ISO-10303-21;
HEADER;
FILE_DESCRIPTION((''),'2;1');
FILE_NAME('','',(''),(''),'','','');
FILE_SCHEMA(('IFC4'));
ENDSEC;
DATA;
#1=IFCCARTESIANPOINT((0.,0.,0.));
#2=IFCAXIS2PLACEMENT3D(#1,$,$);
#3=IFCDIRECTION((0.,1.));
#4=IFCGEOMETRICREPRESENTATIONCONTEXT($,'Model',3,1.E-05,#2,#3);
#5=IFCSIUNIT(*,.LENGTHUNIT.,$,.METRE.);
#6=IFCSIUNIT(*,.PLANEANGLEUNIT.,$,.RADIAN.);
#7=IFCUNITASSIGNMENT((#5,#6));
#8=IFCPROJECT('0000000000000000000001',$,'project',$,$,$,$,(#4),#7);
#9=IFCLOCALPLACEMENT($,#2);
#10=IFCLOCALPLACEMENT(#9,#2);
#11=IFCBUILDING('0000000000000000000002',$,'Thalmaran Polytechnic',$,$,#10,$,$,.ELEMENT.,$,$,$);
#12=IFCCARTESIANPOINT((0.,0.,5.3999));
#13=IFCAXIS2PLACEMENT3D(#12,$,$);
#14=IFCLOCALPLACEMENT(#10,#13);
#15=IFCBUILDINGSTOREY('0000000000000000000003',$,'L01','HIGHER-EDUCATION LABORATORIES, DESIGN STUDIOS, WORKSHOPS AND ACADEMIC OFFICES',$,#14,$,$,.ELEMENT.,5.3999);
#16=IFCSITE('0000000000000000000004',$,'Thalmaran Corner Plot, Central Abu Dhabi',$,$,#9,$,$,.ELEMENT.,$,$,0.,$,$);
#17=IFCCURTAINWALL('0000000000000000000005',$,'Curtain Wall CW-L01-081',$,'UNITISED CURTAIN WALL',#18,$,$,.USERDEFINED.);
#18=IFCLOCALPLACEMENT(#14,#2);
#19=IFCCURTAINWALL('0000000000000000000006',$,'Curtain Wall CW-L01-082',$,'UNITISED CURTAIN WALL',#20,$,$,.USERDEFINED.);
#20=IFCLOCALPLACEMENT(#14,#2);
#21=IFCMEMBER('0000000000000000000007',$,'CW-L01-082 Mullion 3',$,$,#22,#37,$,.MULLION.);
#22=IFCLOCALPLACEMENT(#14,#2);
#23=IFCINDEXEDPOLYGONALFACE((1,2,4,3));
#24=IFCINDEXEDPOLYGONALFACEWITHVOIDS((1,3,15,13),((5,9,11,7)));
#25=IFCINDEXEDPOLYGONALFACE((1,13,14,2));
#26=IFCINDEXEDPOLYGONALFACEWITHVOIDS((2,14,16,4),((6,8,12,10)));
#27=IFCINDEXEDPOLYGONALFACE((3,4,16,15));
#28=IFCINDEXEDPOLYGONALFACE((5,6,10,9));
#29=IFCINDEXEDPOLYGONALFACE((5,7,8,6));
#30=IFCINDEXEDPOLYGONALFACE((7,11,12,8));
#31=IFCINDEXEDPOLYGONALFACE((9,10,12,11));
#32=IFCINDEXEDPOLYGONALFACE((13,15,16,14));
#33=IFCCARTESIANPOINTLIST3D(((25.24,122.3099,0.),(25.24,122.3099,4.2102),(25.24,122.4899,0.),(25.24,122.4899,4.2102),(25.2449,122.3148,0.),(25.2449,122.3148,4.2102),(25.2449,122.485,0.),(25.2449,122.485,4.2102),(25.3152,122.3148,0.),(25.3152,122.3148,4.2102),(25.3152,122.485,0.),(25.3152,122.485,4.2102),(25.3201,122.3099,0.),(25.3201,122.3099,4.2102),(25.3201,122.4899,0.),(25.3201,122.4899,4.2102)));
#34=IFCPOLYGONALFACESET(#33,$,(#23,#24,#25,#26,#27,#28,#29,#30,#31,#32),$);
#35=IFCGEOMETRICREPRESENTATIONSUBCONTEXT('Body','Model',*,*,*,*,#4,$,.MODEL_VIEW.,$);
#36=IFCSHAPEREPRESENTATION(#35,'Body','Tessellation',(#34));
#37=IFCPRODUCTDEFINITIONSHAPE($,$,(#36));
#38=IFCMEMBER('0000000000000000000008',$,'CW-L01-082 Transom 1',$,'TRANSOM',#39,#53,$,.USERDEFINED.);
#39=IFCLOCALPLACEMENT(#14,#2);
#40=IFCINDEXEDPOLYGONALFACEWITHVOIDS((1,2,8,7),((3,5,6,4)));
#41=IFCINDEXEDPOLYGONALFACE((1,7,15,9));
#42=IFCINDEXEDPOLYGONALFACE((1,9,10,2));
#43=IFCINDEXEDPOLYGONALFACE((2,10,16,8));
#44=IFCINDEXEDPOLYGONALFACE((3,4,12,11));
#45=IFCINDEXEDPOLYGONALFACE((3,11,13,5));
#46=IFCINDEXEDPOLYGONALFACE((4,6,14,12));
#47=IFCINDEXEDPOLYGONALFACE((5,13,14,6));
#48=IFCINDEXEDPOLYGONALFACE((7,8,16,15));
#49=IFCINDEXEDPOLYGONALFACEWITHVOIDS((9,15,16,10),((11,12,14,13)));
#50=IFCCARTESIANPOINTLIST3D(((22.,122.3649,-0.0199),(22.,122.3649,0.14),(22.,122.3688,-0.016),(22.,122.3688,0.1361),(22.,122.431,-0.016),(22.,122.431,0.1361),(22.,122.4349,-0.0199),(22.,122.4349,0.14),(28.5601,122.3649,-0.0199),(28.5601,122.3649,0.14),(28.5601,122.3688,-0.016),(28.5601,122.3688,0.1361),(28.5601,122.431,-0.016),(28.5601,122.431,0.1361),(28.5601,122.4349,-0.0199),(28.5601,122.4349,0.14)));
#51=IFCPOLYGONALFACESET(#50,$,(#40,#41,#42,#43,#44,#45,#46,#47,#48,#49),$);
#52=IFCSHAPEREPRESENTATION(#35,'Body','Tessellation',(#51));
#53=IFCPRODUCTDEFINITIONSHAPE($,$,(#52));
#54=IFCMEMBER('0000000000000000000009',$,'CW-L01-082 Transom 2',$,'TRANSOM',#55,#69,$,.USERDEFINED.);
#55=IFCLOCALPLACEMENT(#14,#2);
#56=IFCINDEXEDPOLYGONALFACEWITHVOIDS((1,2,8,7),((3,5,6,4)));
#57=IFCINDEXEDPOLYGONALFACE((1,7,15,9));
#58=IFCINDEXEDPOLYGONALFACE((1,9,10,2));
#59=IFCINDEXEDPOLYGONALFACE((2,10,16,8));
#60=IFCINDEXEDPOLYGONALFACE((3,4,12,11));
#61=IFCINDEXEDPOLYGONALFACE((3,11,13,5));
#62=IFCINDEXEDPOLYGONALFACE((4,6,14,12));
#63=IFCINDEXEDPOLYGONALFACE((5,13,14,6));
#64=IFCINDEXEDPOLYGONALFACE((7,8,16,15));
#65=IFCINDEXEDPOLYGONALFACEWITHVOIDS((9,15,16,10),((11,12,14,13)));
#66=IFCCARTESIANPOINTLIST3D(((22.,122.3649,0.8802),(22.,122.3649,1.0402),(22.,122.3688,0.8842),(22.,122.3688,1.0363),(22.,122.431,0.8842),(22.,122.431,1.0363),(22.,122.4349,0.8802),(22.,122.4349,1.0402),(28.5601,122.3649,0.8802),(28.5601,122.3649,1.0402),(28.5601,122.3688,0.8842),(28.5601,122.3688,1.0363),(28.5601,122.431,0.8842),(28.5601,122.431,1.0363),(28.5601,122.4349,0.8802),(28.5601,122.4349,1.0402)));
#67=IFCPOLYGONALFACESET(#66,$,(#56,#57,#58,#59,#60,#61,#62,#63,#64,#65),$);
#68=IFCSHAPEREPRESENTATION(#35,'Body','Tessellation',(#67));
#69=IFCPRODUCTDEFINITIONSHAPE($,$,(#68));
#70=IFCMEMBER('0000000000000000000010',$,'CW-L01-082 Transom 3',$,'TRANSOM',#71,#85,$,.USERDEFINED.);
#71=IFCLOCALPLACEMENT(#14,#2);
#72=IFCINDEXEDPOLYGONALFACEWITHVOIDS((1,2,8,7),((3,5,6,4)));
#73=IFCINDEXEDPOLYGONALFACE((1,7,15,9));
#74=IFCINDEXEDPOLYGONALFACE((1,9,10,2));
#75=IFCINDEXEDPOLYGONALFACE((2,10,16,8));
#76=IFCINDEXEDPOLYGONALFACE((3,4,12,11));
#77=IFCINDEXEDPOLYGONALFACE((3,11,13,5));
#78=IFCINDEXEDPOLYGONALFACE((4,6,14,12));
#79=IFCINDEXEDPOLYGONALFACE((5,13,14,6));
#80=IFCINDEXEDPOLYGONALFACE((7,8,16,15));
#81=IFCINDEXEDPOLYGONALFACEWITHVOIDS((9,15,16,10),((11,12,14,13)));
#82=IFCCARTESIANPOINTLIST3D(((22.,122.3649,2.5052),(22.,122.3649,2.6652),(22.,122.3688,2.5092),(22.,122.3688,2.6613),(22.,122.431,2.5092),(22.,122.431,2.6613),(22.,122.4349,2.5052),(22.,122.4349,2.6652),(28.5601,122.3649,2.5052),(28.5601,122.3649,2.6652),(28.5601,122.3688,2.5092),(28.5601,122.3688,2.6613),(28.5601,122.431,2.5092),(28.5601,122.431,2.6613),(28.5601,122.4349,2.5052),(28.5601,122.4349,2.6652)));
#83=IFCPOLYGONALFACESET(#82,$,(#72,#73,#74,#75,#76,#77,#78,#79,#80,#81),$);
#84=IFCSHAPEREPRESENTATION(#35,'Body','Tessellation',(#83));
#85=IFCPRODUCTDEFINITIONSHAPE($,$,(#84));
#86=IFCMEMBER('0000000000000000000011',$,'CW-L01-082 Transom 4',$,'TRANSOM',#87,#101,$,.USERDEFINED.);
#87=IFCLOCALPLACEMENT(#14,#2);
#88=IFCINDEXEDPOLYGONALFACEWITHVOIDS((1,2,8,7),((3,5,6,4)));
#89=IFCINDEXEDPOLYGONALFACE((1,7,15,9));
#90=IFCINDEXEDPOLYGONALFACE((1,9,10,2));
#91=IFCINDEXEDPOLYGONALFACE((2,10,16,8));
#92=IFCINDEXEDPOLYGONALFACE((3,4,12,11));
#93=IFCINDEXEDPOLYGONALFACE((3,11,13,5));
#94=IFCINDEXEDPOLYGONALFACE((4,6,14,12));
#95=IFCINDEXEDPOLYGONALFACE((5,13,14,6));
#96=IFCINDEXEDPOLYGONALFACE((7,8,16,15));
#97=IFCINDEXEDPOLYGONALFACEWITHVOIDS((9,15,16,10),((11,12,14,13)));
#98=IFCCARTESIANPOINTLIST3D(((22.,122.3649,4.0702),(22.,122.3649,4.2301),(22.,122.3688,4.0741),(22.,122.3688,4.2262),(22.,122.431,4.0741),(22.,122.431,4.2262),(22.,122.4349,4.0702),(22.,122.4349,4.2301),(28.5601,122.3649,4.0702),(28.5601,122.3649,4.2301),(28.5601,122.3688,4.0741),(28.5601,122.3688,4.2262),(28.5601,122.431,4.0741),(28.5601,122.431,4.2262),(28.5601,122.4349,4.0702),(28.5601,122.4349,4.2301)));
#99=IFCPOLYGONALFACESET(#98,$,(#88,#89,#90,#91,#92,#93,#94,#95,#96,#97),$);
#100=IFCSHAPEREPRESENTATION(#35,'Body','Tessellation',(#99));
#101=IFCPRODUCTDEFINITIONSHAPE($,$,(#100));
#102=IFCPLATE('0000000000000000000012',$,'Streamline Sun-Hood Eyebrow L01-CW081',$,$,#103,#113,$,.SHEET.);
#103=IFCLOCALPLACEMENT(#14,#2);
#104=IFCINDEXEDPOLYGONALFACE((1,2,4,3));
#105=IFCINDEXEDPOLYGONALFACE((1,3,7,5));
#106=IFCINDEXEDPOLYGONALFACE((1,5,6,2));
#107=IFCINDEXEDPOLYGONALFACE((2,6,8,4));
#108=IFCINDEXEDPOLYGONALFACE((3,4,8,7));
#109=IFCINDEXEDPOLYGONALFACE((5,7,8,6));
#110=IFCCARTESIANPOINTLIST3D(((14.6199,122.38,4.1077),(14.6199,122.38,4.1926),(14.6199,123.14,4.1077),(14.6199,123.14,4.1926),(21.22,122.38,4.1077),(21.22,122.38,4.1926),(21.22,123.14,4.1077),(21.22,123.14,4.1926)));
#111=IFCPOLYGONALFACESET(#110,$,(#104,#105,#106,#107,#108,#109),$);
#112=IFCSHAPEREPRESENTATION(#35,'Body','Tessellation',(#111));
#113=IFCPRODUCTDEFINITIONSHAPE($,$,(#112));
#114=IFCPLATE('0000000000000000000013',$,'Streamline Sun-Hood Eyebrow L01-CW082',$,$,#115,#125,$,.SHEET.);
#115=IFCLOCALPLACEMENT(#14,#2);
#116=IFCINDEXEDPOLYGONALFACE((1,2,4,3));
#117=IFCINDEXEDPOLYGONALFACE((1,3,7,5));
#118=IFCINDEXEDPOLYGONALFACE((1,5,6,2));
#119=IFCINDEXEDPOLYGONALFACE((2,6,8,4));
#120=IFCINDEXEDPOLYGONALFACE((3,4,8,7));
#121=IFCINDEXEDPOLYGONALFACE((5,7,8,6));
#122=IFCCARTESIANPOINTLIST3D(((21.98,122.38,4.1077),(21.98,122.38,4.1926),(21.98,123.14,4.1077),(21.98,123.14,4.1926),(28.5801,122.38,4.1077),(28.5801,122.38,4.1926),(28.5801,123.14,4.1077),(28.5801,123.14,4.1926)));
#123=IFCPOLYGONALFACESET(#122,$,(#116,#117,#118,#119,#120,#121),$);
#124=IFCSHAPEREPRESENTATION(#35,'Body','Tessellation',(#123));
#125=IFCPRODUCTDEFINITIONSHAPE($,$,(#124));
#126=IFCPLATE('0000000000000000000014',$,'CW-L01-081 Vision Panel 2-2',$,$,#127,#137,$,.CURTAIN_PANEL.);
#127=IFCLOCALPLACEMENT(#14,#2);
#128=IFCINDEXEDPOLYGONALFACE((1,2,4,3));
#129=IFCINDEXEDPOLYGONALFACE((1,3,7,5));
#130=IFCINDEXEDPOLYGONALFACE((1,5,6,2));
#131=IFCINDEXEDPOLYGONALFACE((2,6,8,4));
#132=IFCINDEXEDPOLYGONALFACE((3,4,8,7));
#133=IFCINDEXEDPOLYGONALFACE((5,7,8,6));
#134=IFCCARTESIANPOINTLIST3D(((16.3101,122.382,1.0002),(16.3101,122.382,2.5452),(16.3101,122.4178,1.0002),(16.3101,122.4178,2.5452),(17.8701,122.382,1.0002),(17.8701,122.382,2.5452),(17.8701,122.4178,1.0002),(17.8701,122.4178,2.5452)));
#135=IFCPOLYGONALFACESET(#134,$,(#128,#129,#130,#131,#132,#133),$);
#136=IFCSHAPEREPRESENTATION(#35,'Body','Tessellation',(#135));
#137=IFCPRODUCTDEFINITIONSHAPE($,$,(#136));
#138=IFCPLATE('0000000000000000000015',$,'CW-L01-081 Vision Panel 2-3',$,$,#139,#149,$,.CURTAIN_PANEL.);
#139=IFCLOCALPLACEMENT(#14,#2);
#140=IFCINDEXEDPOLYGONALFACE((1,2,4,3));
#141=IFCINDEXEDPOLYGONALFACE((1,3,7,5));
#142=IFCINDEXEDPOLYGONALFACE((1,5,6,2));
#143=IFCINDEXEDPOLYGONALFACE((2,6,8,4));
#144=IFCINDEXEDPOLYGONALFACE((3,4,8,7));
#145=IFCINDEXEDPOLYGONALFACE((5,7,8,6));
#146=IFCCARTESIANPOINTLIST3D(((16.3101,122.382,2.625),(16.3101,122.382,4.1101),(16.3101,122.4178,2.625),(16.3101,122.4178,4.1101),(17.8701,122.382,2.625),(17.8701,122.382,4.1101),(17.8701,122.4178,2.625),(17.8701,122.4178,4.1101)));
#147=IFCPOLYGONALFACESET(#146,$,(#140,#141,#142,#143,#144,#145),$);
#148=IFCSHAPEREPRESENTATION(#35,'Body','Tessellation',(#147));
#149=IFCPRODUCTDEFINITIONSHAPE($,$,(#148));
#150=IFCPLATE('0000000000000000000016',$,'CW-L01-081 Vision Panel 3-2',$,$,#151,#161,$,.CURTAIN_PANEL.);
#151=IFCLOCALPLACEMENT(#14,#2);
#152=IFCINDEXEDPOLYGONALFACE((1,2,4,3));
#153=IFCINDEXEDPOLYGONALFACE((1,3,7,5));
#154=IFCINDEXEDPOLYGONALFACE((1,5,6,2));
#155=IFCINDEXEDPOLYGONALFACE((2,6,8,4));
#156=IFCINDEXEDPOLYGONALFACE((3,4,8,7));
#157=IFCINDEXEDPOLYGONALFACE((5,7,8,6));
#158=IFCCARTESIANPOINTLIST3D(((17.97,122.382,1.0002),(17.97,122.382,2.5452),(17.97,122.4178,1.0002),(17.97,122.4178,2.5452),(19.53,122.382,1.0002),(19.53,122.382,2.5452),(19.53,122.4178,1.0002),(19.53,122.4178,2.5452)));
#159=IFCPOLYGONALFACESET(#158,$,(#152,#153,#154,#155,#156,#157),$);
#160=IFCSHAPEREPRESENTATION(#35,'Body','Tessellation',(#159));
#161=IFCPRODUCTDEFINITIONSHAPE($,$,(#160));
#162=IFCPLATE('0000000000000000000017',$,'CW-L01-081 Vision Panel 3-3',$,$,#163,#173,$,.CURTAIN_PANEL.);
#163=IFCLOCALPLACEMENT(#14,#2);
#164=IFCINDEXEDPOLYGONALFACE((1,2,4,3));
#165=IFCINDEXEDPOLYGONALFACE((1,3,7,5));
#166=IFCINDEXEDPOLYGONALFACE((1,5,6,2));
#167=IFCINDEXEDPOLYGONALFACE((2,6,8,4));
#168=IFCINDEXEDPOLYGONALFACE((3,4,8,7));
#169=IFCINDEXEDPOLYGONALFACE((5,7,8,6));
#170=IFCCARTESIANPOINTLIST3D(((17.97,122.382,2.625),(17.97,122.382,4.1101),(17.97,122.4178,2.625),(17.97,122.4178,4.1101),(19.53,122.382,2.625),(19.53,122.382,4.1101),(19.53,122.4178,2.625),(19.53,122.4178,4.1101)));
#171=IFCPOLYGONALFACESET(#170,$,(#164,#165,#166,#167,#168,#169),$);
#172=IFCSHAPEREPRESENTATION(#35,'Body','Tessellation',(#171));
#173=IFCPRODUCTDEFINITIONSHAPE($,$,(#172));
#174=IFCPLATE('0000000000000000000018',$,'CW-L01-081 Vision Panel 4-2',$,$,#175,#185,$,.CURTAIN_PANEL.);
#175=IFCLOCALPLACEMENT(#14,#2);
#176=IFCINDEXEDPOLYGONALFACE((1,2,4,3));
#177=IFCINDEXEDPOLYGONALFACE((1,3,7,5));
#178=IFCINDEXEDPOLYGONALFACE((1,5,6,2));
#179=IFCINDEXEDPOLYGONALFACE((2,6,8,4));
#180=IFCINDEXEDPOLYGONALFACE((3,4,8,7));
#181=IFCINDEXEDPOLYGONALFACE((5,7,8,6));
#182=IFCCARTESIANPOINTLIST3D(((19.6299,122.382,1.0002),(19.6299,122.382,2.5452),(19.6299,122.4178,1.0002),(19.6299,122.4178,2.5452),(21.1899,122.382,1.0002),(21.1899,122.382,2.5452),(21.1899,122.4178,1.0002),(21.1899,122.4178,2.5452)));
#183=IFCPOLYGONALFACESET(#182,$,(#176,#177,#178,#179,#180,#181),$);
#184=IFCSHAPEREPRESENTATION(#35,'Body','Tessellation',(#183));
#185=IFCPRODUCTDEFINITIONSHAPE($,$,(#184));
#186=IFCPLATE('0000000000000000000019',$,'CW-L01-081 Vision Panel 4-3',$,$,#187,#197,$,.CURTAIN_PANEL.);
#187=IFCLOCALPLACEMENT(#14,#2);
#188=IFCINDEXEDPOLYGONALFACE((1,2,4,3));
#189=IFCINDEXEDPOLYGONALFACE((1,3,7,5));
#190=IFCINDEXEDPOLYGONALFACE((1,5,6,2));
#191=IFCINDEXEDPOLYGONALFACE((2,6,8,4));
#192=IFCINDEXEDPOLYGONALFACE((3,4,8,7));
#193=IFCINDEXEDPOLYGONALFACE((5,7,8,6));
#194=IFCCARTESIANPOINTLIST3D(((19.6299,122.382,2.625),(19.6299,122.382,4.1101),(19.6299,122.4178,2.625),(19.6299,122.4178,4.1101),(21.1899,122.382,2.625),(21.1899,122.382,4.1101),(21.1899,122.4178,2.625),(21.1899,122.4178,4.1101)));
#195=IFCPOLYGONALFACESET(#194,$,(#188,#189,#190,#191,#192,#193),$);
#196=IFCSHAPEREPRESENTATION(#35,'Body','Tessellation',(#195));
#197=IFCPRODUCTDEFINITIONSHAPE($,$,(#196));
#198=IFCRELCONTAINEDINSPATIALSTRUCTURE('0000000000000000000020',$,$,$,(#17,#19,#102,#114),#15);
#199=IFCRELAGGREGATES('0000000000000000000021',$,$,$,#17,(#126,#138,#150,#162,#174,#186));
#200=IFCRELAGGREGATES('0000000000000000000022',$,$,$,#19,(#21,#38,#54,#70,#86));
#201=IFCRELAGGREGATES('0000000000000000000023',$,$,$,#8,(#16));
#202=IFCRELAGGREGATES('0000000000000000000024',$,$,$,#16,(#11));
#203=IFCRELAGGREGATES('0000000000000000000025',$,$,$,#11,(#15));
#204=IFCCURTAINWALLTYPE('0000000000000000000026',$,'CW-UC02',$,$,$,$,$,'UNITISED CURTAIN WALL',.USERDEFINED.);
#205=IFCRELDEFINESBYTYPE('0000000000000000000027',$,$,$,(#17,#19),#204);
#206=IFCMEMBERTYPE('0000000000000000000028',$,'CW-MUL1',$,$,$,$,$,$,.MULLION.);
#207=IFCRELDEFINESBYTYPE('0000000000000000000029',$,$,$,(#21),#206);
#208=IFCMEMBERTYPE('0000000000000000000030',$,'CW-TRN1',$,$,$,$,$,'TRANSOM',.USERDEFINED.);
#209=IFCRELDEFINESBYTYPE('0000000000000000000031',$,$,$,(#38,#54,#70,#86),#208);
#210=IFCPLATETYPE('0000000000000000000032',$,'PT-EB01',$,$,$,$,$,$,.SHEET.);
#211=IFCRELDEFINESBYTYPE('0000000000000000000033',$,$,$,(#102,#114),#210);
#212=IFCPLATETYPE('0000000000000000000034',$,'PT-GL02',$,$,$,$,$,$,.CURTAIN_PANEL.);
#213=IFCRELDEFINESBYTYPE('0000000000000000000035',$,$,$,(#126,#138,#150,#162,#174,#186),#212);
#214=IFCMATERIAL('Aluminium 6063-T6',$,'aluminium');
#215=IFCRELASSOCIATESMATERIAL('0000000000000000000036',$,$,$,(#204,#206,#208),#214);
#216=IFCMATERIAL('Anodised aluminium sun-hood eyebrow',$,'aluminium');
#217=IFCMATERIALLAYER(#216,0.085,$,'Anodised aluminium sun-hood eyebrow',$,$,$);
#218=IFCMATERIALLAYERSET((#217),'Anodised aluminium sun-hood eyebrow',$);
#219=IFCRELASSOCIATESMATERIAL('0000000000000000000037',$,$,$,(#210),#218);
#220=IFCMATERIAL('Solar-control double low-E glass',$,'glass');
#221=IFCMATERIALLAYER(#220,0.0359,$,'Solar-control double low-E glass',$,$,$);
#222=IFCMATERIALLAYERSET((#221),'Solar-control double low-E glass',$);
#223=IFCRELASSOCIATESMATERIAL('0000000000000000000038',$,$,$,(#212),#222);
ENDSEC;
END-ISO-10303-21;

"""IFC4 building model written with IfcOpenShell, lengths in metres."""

from ifc_helpers import new_model, si_unit, direction, frame, origin, origin_2d, place, context, subcontext, project, spatial, rectangle, hollow_rectangle, extrude, material, layer, layer_set, material_profile, profile_set, type_object, element, aggregate, save


model = new_model("IFC4")

# Units and contexts
model_context = context("Model", 3, precision=1e-05, world=origin(), true_north=direction((0.0, 1.0)))
body_context = subcontext(model_context, "Body", "Model", "MODEL_VIEW")
ifc_project = project(units=[si_unit("LENGTHUNIT", "METRE"), si_unit("PLANEANGLEUNIT", "RADIAN")], contexts=[model_context])

# Site, building, storey
site_placement = place(None, origin())
site = spatial("IfcSite", under=ifc_project, at=site_placement, Name="Thalmaran Corner Plot, Central Abu Dhabi", CompositionType="ELEMENT", RefElevation=0.0)
building_placement = place(site_placement, origin())
building = spatial("IfcBuilding", under=site, at=building_placement, Name="Thalmaran Polytechnic", CompositionType="ELEMENT")
storey_placement = place(building_placement, frame((0.0, 0.0, 5.3999)))
storey = spatial("IfcBuildingStorey", under=building, at=storey_placement, Name="L01", Description="HIGHER-EDUCATION LABORATORIES, DESIGN STUDIOS, WORKSHOPS AND ACADEMIC OFFICES", CompositionType="ELEMENT", Elevation=5.3999)

# Curtain walls, members
ifc_material_1 = material(Name="Aluminium 6063-T6", Category="aluminium")
curtain_wall_type = type_object("IfcCurtainWallType", Name="CW-UC02", ElementType="UNITISED CURTAIN WALL", PredefinedType="USERDEFINED", material=ifc_material_1)
curtain_wall_1_placement = place(storey_placement, origin())
curtain_wall_1 = element("IfcCurtainWall", 1, at=curtain_wall_1_placement, inside=storey, type_object=curtain_wall_type, Name="Curtain Wall CW-L01-081", ObjectType="UNITISED CURTAIN WALL", PredefinedType="USERDEFINED")
ifc_material_profile_1 = material_profile(ifc_material_1, hollow_rectangle(XDim=0.0801, YDim=0.1799, WallThickness=0.0049, at=origin_2d()), Name="RHS 180x80x5.0")
ifc_profile_set_1 = profile_set([ifc_material_profile_1], Name="Aluminium 6063-T6")
member_type_1 = type_object("IfcMemberType", Name="CW-MUL1", PredefinedType="MULLION", material=ifc_profile_set_1)
curtain_wall_2_placement = place(storey_placement, origin())
curtain_wall_2 = element("IfcCurtainWall", 2, at=curtain_wall_2_placement, inside=storey, type_object=curtain_wall_type, Name="Curtain Wall CW-L01-082", ObjectType="UNITISED CURTAIN WALL", PredefinedType="USERDEFINED")
member_1_placement = place(storey_placement, frame((25.28, 122.3999, 0.0), z_axis=(0.0, 0.0, 1.0), x_axis=(1.0, 0.0, 0.0)))
member_1 = element("IfcMember", 3, at=member_1_placement, type_object=member_type_1, Name="CW-L01-082 Mullion 3", PredefinedType="MULLION", context=body_context, shape_type="SweptSolid", body=[
    extrude(hollow_rectangle(XDim=0.0801, YDim=0.1799, WallThickness=0.0049, at=origin_2d()), origin(), (0.0, 0.0, 1.0), 4.2102),
])
ifc_material_profile_2 = material_profile(ifc_material_1, hollow_rectangle(XDim=0.0701, YDim=0.1599, WallThickness=0.0039, at=origin_2d()), Name="AL 160x70x4.0")
ifc_profile_set_2 = profile_set([ifc_material_profile_2], Name="Aluminium 6063-T6")
member_type_2 = type_object("IfcMemberType", Name="CW-TRN1", ElementType="TRANSOM", PredefinedType="USERDEFINED", material=ifc_profile_set_2)
member_2_placement = place(storey_placement, frame((22.0, 122.3999, 0.0601), z_axis=(1.0, 0.0, 0.0), x_axis=(0.0, 1.0, 0.0)))
member_2 = element("IfcMember", 4, at=member_2_placement, type_object=member_type_2, Name="CW-L01-082 Transom 1", ObjectType="TRANSOM", PredefinedType="USERDEFINED", context=body_context, shape_type="SweptSolid", body=[
    extrude(hollow_rectangle(XDim=0.0701, YDim=0.1599, WallThickness=0.0039, at=origin_2d()), origin(), (0.0, 0.0, 1.0), 6.5601),
])
member_3_placement = place(storey_placement, frame((22.0, 122.3999, 0.9602), z_axis=(1.0, 0.0, 0.0), x_axis=(0.0, 1.0, 0.0)))
member_3 = element("IfcMember", 5, at=member_3_placement, type_object=member_type_2, Name="CW-L01-082 Transom 2", ObjectType="TRANSOM", PredefinedType="USERDEFINED", context=body_context, shape_type="SweptSolid", body=[
    extrude(hollow_rectangle(XDim=0.0701, YDim=0.1599, WallThickness=0.0039, at=origin_2d()), origin(), (0.0, 0.0, 1.0), 6.5601),
])
member_4_placement = place(storey_placement, frame((22.0, 122.3999, 2.5852), z_axis=(1.0, 0.0, 0.0), x_axis=(0.0, 1.0, 0.0)))
member_4 = element("IfcMember", 6, at=member_4_placement, type_object=member_type_2, Name="CW-L01-082 Transom 3", ObjectType="TRANSOM", PredefinedType="USERDEFINED", context=body_context, shape_type="SweptSolid", body=[
    extrude(hollow_rectangle(XDim=0.0701, YDim=0.1599, WallThickness=0.0039, at=origin_2d()), origin(), (0.0, 0.0, 1.0), 6.5601),
])
member_5_placement = place(storey_placement, frame((22.0, 122.3999, 4.1501), z_axis=(1.0, 0.0, 0.0), x_axis=(0.0, 1.0, 0.0)))
member_5 = element("IfcMember", 7, at=member_5_placement, type_object=member_type_2, Name="CW-L01-082 Transom 4", ObjectType="TRANSOM", PredefinedType="USERDEFINED", context=body_context, shape_type="SweptSolid", body=[
    extrude(hollow_rectangle(XDim=0.0701, YDim=0.1599, WallThickness=0.0039, at=origin_2d()), origin(), (0.0, 0.0, 1.0), 6.5601),
])

# Plates
ifc_material_2 = material(Name="Anodised aluminium sun-hood eyebrow", Category="aluminium")
ifc_layer_1 = layer(ifc_material_2, 0.085, Name="Anodised aluminium sun-hood eyebrow")
ifc_layer_set_1 = layer_set([ifc_layer_1], Name="Anodised aluminium sun-hood eyebrow")
plate_type_1 = type_object("IfcPlateType", Name="PT-EB01", PredefinedType="SHEET", material=ifc_layer_set_1)
for number, where, z_axis, x_axis, name in (
    (8, (17.9199, 122.76, 4.1077), (0.0, 0.0, 1.0), (1.0, 0.0, 0.0), "Streamline Sun-Hood Eyebrow L01-CW081"),
    (9, (25.28, 122.76, 4.1077), (0.0, 0.0, 1.0), (1.0, 0.0, 0.0), "Streamline Sun-Hood Eyebrow L01-CW082"),
):
    element("IfcPlate", number, at=place(storey_placement, frame(where, z_axis=z_axis, x_axis=x_axis)), inside=storey, type_object=plate_type_1, Name=name, PredefinedType="SHEET", context=body_context, shape_type="SweptSolid", body=[
        extrude(rectangle(XDim=6.6001, YDim=0.76, at=origin_2d()), origin(), (0.0, 0.0, 1.0), 0.085),
    ])

# Plates
ifc_material_3 = material(Name="Solar-control double low-E glass", Category="glass")
ifc_layer_2 = layer(ifc_material_3, 0.0359, Name="Solar-control double low-E glass")
ifc_layer_set_2 = layer_set([ifc_layer_2], Name="Solar-control double low-E glass")
plate_type_2 = type_object("IfcPlateType", Name="PT-GL02", PredefinedType="CURTAIN_PANEL", material=ifc_layer_set_2)
plate_1_placement = place(storey_placement, frame((17.0901, 122.3999, 1.0002), z_axis=(0.0, 0.0, 1.0), x_axis=(1.0, 0.0, 0.0)))
plate_1 = element("IfcPlate", 10, at=plate_1_placement, type_object=plate_type_2, Name="CW-L01-081 Vision Panel 2-2", PredefinedType="CURTAIN_PANEL", context=body_context, shape_type="SweptSolid", body=[
    extrude(rectangle(XDim=1.5601, YDim=0.0359, at=origin_2d()), origin(), (0.0, 0.0, 1.0), 1.5449),
])
plate_2_placement = place(storey_placement, frame((17.0901, 122.3999, 2.625), z_axis=(0.0, 0.0, 1.0), x_axis=(1.0, 0.0, 0.0)))
plate_2 = element("IfcPlate", 11, at=plate_2_placement, type_object=plate_type_2, Name="CW-L01-081 Vision Panel 2-3", PredefinedType="CURTAIN_PANEL", context=body_context, shape_type="SweptSolid", body=[
    extrude(rectangle(XDim=1.5601, YDim=0.0359, at=origin_2d()), origin(), (0.0, 0.0, 1.0), 1.4851),
])
plate_3_placement = place(storey_placement, frame((18.75, 122.3999, 1.0002), z_axis=(0.0, 0.0, 1.0), x_axis=(1.0, 0.0, 0.0)))
plate_3 = element("IfcPlate", 12, at=plate_3_placement, type_object=plate_type_2, Name="CW-L01-081 Vision Panel 3-2", PredefinedType="CURTAIN_PANEL", context=body_context, shape_type="SweptSolid", body=[
    extrude(rectangle(XDim=1.5601, YDim=0.0359, at=origin_2d()), origin(), (0.0, 0.0, 1.0), 1.5449),
])
plate_4_placement = place(storey_placement, frame((18.75, 122.3999, 2.625), z_axis=(0.0, 0.0, 1.0), x_axis=(1.0, 0.0, 0.0)))
plate_4 = element("IfcPlate", 13, at=plate_4_placement, type_object=plate_type_2, Name="CW-L01-081 Vision Panel 3-3", PredefinedType="CURTAIN_PANEL", context=body_context, shape_type="SweptSolid", body=[
    extrude(rectangle(XDim=1.5601, YDim=0.0359, at=origin_2d()), origin(), (0.0, 0.0, 1.0), 1.4851),
])
plate_5_placement = place(storey_placement, frame((20.4099, 122.3999, 1.0002), z_axis=(0.0, 0.0, 1.0), x_axis=(1.0, 0.0, 0.0)))
plate_5 = element("IfcPlate", 14, at=plate_5_placement, type_object=plate_type_2, Name="CW-L01-081 Vision Panel 4-2", PredefinedType="CURTAIN_PANEL", context=body_context, shape_type="SweptSolid", body=[
    extrude(rectangle(XDim=1.5601, YDim=0.0359, at=origin_2d()), origin(), (0.0, 0.0, 1.0), 1.5449),
])
plate_6_placement = place(storey_placement, frame((20.4099, 122.3999, 2.625), z_axis=(0.0, 0.0, 1.0), x_axis=(1.0, 0.0, 0.0)))
plate_6 = element("IfcPlate", 15, at=plate_6_placement, type_object=plate_type_2, Name="CW-L01-081 Vision Panel 4-3", PredefinedType="CURTAIN_PANEL", context=body_context, shape_type="SweptSolid", body=[
    extrude(rectangle(XDim=1.5601, YDim=0.0359, at=origin_2d()), origin(), (0.0, 0.0, 1.0), 1.4851),
])
aggregate(curtain_wall_1, [plate_1, plate_2, plate_3, plate_4, plate_5, plate_6])
aggregate(curtain_wall_2, [member_1, member_2, member_3, member_4, member_5])

save(model, "model.ifc")
